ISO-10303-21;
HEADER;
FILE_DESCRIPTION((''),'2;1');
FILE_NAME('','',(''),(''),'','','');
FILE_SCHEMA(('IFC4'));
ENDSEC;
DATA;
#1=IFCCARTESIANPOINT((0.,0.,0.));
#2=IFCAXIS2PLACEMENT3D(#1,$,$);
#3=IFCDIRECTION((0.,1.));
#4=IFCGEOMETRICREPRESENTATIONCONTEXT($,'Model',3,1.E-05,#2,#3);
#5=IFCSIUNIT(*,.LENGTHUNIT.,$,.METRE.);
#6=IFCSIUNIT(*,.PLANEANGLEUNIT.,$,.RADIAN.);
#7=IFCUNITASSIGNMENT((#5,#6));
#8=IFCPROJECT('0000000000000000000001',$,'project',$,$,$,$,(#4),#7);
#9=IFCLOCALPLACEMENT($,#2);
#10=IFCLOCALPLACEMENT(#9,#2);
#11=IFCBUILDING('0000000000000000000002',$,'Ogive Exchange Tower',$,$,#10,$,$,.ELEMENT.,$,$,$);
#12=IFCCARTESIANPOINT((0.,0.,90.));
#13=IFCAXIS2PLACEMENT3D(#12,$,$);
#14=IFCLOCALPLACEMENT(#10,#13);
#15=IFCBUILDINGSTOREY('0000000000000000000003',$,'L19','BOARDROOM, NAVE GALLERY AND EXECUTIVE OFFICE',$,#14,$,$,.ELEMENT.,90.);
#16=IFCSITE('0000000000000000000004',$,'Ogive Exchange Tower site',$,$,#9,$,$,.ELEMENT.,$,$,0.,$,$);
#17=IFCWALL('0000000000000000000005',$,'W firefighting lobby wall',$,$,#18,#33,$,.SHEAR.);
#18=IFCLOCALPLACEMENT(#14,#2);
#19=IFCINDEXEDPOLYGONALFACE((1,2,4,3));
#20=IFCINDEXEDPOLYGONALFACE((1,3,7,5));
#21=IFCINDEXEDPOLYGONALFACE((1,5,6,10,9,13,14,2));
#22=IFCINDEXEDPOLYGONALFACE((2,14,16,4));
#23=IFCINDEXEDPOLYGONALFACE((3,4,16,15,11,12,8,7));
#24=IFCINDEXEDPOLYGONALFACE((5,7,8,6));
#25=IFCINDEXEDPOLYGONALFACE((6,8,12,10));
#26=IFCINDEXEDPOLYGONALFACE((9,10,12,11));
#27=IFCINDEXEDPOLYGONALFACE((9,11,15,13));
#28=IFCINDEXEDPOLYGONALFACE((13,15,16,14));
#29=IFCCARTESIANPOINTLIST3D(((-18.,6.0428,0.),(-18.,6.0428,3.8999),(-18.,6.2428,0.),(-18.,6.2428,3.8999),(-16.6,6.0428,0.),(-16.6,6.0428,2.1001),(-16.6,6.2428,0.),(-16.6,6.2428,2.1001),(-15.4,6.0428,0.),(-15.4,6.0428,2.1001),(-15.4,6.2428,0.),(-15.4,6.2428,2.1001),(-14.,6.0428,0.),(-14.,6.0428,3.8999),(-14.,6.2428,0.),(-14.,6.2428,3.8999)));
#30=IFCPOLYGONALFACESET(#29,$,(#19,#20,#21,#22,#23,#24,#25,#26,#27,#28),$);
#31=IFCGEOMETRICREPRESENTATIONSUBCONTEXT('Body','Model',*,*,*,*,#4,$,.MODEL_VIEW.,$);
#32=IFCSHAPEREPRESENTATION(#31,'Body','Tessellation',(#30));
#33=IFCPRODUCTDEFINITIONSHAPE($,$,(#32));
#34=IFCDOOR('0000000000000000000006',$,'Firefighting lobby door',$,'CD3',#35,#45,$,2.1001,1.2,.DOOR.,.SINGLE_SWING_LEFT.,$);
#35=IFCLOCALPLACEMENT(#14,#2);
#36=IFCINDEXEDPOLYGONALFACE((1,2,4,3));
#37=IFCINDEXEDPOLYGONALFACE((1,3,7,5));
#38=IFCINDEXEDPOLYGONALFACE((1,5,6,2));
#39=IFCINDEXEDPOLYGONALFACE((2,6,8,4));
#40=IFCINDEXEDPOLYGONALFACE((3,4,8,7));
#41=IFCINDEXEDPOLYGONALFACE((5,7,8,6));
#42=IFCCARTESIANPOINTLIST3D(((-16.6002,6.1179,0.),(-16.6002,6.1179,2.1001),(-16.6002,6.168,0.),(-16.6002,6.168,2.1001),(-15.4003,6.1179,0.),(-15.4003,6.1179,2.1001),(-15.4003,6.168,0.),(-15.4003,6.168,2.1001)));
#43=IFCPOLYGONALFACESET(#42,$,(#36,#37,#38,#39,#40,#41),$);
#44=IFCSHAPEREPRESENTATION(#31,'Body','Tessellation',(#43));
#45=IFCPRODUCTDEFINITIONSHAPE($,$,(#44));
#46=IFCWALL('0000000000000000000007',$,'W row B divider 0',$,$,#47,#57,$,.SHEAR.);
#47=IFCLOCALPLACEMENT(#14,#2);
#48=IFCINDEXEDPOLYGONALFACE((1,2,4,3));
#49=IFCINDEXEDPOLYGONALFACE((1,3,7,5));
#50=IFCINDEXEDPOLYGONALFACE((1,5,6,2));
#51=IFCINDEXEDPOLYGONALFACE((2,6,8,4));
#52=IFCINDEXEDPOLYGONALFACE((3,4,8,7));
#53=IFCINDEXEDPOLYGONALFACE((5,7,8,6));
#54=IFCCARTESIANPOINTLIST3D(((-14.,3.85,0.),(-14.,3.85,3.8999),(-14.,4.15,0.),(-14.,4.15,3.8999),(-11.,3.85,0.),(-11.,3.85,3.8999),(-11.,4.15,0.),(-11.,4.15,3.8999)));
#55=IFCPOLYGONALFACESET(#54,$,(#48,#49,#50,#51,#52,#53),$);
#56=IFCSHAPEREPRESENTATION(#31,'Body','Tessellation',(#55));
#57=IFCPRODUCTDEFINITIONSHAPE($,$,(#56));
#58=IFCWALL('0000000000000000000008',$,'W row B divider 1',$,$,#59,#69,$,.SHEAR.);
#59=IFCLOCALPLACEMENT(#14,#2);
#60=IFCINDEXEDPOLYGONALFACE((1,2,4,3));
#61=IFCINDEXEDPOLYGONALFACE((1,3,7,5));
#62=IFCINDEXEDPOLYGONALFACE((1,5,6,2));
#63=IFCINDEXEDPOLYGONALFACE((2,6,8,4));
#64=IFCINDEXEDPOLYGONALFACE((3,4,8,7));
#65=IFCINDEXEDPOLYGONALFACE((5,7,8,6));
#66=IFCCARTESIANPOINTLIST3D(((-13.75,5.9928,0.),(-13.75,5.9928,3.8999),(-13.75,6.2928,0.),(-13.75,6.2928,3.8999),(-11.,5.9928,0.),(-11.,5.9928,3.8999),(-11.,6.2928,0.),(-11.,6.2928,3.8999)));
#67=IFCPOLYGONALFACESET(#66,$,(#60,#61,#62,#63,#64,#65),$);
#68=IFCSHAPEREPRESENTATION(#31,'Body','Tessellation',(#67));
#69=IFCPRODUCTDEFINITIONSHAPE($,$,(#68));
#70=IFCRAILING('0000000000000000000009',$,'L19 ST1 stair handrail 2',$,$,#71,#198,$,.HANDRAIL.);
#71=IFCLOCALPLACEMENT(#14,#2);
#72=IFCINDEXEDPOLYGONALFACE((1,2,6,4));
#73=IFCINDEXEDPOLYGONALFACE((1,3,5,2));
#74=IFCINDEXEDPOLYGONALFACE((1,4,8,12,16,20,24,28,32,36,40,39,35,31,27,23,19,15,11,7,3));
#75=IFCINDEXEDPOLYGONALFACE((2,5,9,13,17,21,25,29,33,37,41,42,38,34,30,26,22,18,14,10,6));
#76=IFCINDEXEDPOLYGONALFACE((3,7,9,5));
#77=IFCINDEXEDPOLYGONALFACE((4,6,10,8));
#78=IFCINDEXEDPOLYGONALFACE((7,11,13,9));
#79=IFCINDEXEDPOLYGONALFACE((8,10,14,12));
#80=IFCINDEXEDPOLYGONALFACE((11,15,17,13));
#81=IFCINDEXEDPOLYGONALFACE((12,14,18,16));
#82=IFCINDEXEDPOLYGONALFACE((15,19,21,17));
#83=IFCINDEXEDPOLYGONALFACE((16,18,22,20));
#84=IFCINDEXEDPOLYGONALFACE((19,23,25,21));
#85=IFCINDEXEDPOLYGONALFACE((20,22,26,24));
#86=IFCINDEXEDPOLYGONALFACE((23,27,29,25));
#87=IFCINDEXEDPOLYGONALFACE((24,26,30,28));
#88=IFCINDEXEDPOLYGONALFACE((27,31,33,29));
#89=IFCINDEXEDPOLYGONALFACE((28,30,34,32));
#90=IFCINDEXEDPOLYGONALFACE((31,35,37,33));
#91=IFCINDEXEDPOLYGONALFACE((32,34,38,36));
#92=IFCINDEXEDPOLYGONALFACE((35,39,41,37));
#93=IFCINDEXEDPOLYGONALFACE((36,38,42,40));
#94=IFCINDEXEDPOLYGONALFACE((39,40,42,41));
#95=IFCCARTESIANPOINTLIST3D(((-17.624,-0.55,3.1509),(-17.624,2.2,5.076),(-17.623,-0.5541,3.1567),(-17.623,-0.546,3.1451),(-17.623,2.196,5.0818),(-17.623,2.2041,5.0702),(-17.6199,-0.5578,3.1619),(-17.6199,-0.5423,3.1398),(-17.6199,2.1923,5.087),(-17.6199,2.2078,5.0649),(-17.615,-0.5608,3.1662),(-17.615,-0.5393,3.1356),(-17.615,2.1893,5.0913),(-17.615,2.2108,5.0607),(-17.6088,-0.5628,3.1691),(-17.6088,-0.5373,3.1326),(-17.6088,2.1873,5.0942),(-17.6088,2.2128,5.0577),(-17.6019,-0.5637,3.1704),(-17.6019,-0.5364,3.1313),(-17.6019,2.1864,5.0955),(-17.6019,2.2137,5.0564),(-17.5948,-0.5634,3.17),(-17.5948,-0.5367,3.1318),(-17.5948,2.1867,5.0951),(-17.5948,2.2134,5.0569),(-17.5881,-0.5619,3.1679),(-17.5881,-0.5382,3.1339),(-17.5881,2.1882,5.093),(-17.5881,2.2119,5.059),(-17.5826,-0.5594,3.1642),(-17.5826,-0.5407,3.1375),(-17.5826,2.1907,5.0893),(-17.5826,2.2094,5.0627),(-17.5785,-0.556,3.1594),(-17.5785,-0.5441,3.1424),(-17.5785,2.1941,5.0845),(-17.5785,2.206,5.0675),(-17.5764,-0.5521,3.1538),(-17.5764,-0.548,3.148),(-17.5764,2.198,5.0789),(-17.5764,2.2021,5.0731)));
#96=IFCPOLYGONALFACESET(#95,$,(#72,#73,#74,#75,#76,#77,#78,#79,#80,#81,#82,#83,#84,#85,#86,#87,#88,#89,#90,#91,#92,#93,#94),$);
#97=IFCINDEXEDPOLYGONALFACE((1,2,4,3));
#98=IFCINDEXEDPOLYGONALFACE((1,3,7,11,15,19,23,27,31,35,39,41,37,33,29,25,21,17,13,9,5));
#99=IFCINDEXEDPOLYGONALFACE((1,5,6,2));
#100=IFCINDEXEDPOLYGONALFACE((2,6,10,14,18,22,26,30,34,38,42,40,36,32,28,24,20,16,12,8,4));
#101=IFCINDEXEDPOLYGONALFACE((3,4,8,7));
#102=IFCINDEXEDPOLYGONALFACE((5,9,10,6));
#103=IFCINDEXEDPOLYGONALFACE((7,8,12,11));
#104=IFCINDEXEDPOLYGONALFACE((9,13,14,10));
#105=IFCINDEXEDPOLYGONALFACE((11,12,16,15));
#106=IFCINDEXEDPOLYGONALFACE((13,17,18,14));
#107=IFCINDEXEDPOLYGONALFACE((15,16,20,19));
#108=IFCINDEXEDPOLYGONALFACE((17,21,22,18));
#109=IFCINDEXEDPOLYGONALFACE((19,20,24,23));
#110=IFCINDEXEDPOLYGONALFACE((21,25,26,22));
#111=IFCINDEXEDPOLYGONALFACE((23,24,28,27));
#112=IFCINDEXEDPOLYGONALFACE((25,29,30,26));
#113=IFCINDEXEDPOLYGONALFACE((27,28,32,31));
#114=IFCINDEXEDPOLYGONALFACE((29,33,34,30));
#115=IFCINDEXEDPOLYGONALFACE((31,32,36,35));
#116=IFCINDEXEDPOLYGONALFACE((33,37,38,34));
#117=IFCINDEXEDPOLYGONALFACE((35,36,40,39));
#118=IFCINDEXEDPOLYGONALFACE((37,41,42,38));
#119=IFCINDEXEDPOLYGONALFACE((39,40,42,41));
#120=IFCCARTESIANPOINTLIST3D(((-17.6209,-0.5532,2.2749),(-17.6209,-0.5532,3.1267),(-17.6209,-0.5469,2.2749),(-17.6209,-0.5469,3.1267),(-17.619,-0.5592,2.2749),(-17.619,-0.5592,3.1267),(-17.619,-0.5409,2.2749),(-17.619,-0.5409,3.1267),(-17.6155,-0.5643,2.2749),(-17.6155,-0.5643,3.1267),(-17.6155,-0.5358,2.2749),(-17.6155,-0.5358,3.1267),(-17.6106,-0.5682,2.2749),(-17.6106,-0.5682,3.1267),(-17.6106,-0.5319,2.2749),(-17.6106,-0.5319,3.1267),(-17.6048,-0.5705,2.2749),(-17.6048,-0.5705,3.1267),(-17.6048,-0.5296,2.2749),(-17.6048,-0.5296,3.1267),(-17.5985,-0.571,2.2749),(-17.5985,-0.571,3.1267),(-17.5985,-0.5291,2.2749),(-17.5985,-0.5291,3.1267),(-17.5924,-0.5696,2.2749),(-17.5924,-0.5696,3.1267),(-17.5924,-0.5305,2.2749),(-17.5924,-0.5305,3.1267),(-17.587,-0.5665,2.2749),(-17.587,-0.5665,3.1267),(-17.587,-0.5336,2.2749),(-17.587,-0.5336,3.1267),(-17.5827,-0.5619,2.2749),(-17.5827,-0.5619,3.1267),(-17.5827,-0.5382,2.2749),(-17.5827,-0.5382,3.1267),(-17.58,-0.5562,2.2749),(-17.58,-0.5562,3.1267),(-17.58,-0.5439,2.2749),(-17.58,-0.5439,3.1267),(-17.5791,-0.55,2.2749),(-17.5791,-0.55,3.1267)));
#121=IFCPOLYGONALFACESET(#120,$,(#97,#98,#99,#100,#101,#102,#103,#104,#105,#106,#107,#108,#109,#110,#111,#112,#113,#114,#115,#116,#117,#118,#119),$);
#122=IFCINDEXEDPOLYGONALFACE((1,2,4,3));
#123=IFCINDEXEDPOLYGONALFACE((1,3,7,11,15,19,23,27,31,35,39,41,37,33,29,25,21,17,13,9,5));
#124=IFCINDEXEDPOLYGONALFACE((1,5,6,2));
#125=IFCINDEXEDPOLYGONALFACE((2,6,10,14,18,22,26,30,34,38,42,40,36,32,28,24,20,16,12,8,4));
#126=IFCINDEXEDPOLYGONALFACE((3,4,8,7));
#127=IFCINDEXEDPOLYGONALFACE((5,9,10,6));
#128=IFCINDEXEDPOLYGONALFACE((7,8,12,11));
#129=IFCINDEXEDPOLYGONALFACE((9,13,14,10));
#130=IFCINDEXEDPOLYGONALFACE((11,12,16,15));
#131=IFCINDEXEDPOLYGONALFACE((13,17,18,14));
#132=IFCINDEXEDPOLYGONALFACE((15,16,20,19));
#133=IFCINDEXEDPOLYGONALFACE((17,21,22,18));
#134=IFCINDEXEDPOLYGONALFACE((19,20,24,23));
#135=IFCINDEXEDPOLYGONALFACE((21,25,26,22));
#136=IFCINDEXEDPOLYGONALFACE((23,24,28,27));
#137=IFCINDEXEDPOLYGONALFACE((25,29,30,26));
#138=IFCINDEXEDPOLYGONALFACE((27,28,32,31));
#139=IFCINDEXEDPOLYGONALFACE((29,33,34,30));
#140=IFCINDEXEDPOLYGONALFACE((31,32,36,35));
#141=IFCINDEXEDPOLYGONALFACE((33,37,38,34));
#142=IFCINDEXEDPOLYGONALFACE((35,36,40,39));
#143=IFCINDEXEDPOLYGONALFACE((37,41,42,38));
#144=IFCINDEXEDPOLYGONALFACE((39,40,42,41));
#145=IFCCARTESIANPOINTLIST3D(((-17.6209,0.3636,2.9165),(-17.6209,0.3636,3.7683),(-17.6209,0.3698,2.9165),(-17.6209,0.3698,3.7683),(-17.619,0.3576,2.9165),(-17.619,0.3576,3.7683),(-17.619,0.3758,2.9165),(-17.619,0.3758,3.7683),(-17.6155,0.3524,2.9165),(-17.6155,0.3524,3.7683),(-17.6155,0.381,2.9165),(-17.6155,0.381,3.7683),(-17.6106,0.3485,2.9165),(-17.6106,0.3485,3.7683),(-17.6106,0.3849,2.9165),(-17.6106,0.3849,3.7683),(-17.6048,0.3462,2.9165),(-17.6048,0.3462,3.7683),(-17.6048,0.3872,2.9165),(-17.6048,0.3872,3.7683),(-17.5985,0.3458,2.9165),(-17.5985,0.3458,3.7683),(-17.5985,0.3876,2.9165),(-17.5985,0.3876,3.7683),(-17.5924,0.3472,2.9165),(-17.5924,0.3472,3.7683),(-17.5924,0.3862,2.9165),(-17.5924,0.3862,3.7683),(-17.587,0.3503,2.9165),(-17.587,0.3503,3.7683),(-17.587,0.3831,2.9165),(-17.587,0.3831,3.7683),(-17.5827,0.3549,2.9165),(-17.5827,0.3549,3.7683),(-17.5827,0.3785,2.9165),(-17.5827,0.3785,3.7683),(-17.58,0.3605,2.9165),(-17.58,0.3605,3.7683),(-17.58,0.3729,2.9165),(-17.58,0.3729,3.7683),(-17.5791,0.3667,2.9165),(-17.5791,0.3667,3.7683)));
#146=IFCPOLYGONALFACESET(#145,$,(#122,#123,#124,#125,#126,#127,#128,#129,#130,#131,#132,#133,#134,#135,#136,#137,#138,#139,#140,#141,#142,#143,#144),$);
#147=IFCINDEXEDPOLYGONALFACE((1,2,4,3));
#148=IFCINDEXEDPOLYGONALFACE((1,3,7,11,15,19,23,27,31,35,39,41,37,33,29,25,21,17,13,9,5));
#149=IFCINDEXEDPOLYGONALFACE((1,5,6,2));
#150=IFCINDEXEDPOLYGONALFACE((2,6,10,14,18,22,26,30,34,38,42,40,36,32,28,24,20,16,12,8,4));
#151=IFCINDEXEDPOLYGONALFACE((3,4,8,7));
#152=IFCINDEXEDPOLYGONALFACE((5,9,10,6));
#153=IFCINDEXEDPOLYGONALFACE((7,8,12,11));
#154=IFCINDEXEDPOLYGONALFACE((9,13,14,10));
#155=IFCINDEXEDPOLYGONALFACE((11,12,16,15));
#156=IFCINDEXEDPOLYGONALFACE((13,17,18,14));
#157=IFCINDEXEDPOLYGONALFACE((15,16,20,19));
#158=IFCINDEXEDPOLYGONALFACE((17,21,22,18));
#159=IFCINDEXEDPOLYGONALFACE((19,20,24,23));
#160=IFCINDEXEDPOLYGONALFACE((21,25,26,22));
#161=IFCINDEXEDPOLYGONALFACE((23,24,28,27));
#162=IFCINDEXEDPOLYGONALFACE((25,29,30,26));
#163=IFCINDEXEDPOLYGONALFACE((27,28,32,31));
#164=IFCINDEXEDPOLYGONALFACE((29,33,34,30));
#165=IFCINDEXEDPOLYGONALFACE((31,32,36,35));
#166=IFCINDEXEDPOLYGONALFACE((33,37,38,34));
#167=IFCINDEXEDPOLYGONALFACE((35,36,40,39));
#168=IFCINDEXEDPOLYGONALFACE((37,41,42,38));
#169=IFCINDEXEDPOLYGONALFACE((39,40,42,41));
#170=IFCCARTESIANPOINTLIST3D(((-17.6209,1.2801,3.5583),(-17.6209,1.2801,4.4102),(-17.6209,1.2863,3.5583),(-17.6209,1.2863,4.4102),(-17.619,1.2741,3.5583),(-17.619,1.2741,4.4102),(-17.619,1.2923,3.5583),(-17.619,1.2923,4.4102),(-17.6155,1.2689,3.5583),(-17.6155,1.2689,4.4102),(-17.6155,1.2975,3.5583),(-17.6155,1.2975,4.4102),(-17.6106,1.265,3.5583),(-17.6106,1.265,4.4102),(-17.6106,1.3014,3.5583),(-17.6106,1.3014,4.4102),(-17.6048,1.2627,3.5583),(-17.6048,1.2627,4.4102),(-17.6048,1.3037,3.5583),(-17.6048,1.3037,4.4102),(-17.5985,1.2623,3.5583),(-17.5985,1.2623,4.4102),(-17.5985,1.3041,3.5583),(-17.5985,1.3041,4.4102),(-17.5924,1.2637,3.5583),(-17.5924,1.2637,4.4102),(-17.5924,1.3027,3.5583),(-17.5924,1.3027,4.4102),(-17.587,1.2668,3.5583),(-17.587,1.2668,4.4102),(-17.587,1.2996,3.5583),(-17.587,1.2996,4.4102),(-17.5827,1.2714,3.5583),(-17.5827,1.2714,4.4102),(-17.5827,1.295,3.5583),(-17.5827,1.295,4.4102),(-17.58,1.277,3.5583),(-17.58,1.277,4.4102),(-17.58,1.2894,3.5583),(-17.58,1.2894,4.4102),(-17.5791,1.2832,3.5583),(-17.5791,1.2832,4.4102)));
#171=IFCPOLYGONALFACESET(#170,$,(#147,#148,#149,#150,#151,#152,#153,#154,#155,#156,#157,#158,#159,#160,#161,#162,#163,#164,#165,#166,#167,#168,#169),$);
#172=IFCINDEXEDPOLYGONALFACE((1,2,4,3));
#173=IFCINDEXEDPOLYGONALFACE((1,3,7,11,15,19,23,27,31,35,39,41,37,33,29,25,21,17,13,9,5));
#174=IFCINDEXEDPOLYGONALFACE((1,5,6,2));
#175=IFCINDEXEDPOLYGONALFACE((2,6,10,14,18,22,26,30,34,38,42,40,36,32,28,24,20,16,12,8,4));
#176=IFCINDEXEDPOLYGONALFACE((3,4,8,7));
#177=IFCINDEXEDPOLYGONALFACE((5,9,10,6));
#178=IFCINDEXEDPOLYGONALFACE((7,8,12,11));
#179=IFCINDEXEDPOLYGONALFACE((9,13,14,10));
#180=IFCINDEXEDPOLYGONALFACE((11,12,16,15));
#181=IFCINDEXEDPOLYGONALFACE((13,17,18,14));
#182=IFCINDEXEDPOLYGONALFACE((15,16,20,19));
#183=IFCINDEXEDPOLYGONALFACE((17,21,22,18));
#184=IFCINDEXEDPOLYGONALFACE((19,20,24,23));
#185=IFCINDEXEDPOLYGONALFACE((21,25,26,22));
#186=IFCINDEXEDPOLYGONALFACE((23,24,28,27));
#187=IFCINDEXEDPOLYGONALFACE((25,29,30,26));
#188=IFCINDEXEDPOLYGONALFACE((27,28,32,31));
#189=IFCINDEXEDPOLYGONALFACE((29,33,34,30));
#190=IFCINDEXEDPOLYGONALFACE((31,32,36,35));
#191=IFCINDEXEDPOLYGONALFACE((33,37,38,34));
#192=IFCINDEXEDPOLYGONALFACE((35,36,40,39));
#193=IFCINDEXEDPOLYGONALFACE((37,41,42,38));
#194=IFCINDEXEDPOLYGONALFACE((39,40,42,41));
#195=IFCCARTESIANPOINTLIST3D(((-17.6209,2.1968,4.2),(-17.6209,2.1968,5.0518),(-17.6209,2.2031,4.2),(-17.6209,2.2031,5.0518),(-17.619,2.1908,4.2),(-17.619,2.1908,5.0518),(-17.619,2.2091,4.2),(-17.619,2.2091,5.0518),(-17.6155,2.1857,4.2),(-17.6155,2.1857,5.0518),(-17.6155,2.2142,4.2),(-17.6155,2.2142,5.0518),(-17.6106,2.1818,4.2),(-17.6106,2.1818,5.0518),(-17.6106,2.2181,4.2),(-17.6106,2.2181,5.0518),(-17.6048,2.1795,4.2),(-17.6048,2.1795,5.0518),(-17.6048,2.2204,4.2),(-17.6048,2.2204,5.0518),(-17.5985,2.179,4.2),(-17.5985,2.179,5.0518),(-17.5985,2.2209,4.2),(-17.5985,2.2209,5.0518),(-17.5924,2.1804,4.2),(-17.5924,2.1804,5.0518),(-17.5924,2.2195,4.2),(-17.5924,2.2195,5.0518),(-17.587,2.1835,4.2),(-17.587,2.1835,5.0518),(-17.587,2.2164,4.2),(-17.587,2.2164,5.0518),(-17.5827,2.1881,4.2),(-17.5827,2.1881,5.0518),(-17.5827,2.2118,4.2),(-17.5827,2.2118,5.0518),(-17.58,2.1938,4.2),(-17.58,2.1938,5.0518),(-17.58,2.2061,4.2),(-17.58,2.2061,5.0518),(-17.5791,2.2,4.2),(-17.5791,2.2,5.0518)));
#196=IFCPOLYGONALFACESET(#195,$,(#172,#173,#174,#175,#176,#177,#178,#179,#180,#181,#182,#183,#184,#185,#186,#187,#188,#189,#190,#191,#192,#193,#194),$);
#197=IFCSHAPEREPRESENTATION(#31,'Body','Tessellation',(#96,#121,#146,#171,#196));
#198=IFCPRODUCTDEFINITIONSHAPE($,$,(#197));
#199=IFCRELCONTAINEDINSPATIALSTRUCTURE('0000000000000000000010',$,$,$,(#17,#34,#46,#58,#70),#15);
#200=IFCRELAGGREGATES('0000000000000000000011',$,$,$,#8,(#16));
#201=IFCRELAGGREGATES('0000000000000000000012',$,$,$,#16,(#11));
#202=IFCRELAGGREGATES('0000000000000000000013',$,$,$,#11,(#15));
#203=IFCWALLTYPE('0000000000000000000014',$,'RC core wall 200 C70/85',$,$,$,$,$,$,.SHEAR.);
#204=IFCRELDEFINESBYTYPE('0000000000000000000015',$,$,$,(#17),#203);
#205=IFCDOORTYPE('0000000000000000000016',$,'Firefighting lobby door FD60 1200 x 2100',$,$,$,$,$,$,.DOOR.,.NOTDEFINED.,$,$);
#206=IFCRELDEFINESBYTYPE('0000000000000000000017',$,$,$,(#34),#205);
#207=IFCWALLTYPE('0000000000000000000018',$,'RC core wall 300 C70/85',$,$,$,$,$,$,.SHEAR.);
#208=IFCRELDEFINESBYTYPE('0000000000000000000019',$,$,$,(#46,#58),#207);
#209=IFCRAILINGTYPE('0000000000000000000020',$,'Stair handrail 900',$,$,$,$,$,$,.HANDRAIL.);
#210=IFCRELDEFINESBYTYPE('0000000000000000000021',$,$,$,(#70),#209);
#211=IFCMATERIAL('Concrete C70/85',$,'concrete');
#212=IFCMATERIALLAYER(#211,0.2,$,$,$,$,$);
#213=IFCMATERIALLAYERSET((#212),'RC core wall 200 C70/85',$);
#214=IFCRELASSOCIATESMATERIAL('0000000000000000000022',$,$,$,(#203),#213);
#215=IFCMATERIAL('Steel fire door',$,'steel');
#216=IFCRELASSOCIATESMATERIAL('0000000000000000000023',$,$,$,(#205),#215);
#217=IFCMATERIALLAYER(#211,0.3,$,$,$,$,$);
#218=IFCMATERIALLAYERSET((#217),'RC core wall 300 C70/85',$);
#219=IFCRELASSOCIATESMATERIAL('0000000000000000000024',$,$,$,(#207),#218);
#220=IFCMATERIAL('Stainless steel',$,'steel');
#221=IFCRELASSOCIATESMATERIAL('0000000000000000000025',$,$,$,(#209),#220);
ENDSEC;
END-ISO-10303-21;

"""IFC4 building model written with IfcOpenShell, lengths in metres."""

from ifc_helpers import new_model, si_unit, direction, frame, frame_2d, origin, origin_2d, place, context, subcontext, project, spatial, rectangle, circle, extrude, material, layer, layer_set, type_object, element, fill, save


model = new_model("IFC4")

# Units and contexts
model_context = context("Model", 3, precision=1e-05, world=origin(), true_north=direction((0.0, 1.0)))
body_context = subcontext(model_context, "Body", "Model", "MODEL_VIEW")
ifc_project = project(units=[si_unit("LENGTHUNIT", "METRE"), si_unit("PLANEANGLEUNIT", "RADIAN")], contexts=[model_context])

# Site, building, storey
site_placement = place(None, origin())
site = spatial("IfcSite", under=ifc_project, at=site_placement, Name="Ogive Exchange Tower site", CompositionType="ELEMENT", RefElevation=0.0)
building_placement = place(site_placement, origin())
building = spatial("IfcBuilding", under=site, at=building_placement, Name="Ogive Exchange Tower", CompositionType="ELEMENT")
storey_placement = place(building_placement, frame((0.0, 0.0, 90.0)))
storey = spatial("IfcBuildingStorey", under=building, at=storey_placement, Name="L19", Description="BOARDROOM, NAVE GALLERY AND EXECUTIVE OFFICE", CompositionType="ELEMENT", Elevation=90.0)

# Wall, opening, door
ifc_material_1 = material(Name="Concrete C70/85", Category="concrete")
ifc_layer_1 = layer(ifc_material_1, 0.2)
ifc_layer_set_1 = layer_set([ifc_layer_1], Name="RC core wall 200 C70/85")
wall_type_1 = type_object("IfcWallType", Name="RC core wall 200 C70/85", PredefinedType="SHEAR", material=ifc_layer_set_1)
wall_1_placement = place(storey_placement, frame((-18.0, 6.1428, 0.0), z_axis=(0.0, 0.0, 1.0), x_axis=(1.0, 0.0, 0.0)))
wall_1 = element("IfcWall", 1, at=wall_1_placement, inside=storey, type_object=wall_type_1, Name="W firefighting lobby wall", PredefinedType="SHEAR", context=body_context, shape_type="SweptSolid", body=[
    extrude(rectangle(XDim=4.0, YDim=0.2, at=frame_2d((2.0, 0.0))), origin(), (0.0, 0.0, 1.0), 3.8999),
])
opening_placement = place(wall_1_placement, frame((1.3999, 0.0, 0.0)))
opening = element("IfcOpeningElement", 2, at=opening_placement, cuts=wall_1, PredefinedType="OPENING", context=body_context, shape_type="SweptSolid", body=[
    extrude(rectangle(XDim=1.2, YDim=2.1001, at=frame_2d((0.6001, 1.05))), frame((0.0, 0.1099, 0.0), z_axis=(0.0, -1.0, 0.0), x_axis=(1.0, 0.0, 0.0)), (0.0, 0.0, 1.0), 0.22),
])
ifc_material_2 = material(Name="Steel fire door", Category="steel")
door_type = type_object("IfcDoorType", Name="Firefighting lobby door FD60 1200 x 2100", OperationType="NOTDEFINED", PredefinedType="DOOR", material=ifc_material_2)
door_placement = place(opening_placement, frame((1.2, 0.0, 0.0), z_axis=(0.0, 0.0, 1.0), x_axis=(-1.0, 0.0, 0.0)))
door = element("IfcDoor", 3, at=door_placement, inside=storey, type_object=door_type, Name="Firefighting lobby door", ObjectType="CD3", OperationType="SINGLE_SWING_LEFT", OverallHeight=2.1001, OverallWidth=1.2, PredefinedType="DOOR", context=body_context, shape_type="SweptSolid", body=[
    extrude(rectangle(XDim=1.2, YDim=2.1001, at=frame_2d((0.6001, 1.05))), frame((0.0, 0.0249, 0.0), z_axis=(0.0, -1.0, 0.0), x_axis=(1.0, 0.0, 0.0)), (0.0, 0.0, 1.0), 0.05),
])
fill(opening, door)

# Walls
ifc_layer_2 = layer(ifc_material_1, 0.3)
ifc_layer_set_2 = layer_set([ifc_layer_2], Name="RC core wall 300 C70/85")
wall_type_2 = type_object("IfcWallType", Name="RC core wall 300 C70/85", PredefinedType="SHEAR", material=ifc_layer_set_2)
wall_2_placement = place(storey_placement, frame((-14.0, 4.0, 0.0), z_axis=(0.0, 0.0, 1.0), x_axis=(1.0, 0.0, 0.0)))
element("IfcWall", 4, at=wall_2_placement, inside=storey, type_object=wall_type_2, Name="W row B divider 0", PredefinedType="SHEAR", context=body_context, shape_type="SweptSolid", body=[
    extrude(rectangle(XDim=3.0, YDim=0.3, at=frame_2d((1.5, 0.0))), origin(), (0.0, 0.0, 1.0), 3.8999),
])
wall_3_placement = place(storey_placement, frame((-13.75, 6.1428, 0.0), z_axis=(0.0, 0.0, 1.0), x_axis=(1.0, 0.0, 0.0)))
element("IfcWall", 5, at=wall_3_placement, inside=storey, type_object=wall_type_2, Name="W row B divider 1", PredefinedType="SHEAR", context=body_context, shape_type="SweptSolid", body=[
    extrude(rectangle(XDim=2.75, YDim=0.3, at=frame_2d((1.375, 0.0))), origin(), (0.0, 0.0, 1.0), 3.8999),
])

# Railing
ifc_material_3 = material(Name="Stainless steel", Category="steel")
railing_type = type_object("IfcRailingType", Name="Stair handrail 900", PredefinedType="HANDRAIL", material=ifc_material_3)
railing_placement = place(storey_placement, frame((-17.6001, -0.55, 2.2749)))
element("IfcRailing", 6, at=railing_placement, inside=storey, type_object=railing_type, Name="L19 ST1 stair handrail 2", PredefinedType="HANDRAIL", context=body_context, shape_type="SweptSolid", body=[
    extrude(circle(Radius=0.0239, at=origin_2d()), frame((0.0, 0.0, 0.876), z_axis=(0.0, 0.819225, 0.573472), x_axis=(-1.0, 0.0, 0.0)), (0.0, 0.0, 1.0), 3.3569),
    extrude(circle(Radius=0.021, at=origin_2d()), origin(), (0.0, 0.0, 1.0), 0.8518),
    extrude(circle(Radius=0.021, at=origin_2d()), frame((0.0, 0.9167, 0.6416)), (0.0, 0.0, 1.0), 0.8518),
    extrude(circle(Radius=0.021, at=origin_2d()), frame((0.0, 1.8333, 1.2834)), (0.0, 0.0, 1.0), 0.8518),
    extrude(circle(Radius=0.021, at=origin_2d()), frame((0.0, 2.75, 1.925)), (0.0, 0.0, 1.0), 0.8518),
])

save(model, "model.ifc")
